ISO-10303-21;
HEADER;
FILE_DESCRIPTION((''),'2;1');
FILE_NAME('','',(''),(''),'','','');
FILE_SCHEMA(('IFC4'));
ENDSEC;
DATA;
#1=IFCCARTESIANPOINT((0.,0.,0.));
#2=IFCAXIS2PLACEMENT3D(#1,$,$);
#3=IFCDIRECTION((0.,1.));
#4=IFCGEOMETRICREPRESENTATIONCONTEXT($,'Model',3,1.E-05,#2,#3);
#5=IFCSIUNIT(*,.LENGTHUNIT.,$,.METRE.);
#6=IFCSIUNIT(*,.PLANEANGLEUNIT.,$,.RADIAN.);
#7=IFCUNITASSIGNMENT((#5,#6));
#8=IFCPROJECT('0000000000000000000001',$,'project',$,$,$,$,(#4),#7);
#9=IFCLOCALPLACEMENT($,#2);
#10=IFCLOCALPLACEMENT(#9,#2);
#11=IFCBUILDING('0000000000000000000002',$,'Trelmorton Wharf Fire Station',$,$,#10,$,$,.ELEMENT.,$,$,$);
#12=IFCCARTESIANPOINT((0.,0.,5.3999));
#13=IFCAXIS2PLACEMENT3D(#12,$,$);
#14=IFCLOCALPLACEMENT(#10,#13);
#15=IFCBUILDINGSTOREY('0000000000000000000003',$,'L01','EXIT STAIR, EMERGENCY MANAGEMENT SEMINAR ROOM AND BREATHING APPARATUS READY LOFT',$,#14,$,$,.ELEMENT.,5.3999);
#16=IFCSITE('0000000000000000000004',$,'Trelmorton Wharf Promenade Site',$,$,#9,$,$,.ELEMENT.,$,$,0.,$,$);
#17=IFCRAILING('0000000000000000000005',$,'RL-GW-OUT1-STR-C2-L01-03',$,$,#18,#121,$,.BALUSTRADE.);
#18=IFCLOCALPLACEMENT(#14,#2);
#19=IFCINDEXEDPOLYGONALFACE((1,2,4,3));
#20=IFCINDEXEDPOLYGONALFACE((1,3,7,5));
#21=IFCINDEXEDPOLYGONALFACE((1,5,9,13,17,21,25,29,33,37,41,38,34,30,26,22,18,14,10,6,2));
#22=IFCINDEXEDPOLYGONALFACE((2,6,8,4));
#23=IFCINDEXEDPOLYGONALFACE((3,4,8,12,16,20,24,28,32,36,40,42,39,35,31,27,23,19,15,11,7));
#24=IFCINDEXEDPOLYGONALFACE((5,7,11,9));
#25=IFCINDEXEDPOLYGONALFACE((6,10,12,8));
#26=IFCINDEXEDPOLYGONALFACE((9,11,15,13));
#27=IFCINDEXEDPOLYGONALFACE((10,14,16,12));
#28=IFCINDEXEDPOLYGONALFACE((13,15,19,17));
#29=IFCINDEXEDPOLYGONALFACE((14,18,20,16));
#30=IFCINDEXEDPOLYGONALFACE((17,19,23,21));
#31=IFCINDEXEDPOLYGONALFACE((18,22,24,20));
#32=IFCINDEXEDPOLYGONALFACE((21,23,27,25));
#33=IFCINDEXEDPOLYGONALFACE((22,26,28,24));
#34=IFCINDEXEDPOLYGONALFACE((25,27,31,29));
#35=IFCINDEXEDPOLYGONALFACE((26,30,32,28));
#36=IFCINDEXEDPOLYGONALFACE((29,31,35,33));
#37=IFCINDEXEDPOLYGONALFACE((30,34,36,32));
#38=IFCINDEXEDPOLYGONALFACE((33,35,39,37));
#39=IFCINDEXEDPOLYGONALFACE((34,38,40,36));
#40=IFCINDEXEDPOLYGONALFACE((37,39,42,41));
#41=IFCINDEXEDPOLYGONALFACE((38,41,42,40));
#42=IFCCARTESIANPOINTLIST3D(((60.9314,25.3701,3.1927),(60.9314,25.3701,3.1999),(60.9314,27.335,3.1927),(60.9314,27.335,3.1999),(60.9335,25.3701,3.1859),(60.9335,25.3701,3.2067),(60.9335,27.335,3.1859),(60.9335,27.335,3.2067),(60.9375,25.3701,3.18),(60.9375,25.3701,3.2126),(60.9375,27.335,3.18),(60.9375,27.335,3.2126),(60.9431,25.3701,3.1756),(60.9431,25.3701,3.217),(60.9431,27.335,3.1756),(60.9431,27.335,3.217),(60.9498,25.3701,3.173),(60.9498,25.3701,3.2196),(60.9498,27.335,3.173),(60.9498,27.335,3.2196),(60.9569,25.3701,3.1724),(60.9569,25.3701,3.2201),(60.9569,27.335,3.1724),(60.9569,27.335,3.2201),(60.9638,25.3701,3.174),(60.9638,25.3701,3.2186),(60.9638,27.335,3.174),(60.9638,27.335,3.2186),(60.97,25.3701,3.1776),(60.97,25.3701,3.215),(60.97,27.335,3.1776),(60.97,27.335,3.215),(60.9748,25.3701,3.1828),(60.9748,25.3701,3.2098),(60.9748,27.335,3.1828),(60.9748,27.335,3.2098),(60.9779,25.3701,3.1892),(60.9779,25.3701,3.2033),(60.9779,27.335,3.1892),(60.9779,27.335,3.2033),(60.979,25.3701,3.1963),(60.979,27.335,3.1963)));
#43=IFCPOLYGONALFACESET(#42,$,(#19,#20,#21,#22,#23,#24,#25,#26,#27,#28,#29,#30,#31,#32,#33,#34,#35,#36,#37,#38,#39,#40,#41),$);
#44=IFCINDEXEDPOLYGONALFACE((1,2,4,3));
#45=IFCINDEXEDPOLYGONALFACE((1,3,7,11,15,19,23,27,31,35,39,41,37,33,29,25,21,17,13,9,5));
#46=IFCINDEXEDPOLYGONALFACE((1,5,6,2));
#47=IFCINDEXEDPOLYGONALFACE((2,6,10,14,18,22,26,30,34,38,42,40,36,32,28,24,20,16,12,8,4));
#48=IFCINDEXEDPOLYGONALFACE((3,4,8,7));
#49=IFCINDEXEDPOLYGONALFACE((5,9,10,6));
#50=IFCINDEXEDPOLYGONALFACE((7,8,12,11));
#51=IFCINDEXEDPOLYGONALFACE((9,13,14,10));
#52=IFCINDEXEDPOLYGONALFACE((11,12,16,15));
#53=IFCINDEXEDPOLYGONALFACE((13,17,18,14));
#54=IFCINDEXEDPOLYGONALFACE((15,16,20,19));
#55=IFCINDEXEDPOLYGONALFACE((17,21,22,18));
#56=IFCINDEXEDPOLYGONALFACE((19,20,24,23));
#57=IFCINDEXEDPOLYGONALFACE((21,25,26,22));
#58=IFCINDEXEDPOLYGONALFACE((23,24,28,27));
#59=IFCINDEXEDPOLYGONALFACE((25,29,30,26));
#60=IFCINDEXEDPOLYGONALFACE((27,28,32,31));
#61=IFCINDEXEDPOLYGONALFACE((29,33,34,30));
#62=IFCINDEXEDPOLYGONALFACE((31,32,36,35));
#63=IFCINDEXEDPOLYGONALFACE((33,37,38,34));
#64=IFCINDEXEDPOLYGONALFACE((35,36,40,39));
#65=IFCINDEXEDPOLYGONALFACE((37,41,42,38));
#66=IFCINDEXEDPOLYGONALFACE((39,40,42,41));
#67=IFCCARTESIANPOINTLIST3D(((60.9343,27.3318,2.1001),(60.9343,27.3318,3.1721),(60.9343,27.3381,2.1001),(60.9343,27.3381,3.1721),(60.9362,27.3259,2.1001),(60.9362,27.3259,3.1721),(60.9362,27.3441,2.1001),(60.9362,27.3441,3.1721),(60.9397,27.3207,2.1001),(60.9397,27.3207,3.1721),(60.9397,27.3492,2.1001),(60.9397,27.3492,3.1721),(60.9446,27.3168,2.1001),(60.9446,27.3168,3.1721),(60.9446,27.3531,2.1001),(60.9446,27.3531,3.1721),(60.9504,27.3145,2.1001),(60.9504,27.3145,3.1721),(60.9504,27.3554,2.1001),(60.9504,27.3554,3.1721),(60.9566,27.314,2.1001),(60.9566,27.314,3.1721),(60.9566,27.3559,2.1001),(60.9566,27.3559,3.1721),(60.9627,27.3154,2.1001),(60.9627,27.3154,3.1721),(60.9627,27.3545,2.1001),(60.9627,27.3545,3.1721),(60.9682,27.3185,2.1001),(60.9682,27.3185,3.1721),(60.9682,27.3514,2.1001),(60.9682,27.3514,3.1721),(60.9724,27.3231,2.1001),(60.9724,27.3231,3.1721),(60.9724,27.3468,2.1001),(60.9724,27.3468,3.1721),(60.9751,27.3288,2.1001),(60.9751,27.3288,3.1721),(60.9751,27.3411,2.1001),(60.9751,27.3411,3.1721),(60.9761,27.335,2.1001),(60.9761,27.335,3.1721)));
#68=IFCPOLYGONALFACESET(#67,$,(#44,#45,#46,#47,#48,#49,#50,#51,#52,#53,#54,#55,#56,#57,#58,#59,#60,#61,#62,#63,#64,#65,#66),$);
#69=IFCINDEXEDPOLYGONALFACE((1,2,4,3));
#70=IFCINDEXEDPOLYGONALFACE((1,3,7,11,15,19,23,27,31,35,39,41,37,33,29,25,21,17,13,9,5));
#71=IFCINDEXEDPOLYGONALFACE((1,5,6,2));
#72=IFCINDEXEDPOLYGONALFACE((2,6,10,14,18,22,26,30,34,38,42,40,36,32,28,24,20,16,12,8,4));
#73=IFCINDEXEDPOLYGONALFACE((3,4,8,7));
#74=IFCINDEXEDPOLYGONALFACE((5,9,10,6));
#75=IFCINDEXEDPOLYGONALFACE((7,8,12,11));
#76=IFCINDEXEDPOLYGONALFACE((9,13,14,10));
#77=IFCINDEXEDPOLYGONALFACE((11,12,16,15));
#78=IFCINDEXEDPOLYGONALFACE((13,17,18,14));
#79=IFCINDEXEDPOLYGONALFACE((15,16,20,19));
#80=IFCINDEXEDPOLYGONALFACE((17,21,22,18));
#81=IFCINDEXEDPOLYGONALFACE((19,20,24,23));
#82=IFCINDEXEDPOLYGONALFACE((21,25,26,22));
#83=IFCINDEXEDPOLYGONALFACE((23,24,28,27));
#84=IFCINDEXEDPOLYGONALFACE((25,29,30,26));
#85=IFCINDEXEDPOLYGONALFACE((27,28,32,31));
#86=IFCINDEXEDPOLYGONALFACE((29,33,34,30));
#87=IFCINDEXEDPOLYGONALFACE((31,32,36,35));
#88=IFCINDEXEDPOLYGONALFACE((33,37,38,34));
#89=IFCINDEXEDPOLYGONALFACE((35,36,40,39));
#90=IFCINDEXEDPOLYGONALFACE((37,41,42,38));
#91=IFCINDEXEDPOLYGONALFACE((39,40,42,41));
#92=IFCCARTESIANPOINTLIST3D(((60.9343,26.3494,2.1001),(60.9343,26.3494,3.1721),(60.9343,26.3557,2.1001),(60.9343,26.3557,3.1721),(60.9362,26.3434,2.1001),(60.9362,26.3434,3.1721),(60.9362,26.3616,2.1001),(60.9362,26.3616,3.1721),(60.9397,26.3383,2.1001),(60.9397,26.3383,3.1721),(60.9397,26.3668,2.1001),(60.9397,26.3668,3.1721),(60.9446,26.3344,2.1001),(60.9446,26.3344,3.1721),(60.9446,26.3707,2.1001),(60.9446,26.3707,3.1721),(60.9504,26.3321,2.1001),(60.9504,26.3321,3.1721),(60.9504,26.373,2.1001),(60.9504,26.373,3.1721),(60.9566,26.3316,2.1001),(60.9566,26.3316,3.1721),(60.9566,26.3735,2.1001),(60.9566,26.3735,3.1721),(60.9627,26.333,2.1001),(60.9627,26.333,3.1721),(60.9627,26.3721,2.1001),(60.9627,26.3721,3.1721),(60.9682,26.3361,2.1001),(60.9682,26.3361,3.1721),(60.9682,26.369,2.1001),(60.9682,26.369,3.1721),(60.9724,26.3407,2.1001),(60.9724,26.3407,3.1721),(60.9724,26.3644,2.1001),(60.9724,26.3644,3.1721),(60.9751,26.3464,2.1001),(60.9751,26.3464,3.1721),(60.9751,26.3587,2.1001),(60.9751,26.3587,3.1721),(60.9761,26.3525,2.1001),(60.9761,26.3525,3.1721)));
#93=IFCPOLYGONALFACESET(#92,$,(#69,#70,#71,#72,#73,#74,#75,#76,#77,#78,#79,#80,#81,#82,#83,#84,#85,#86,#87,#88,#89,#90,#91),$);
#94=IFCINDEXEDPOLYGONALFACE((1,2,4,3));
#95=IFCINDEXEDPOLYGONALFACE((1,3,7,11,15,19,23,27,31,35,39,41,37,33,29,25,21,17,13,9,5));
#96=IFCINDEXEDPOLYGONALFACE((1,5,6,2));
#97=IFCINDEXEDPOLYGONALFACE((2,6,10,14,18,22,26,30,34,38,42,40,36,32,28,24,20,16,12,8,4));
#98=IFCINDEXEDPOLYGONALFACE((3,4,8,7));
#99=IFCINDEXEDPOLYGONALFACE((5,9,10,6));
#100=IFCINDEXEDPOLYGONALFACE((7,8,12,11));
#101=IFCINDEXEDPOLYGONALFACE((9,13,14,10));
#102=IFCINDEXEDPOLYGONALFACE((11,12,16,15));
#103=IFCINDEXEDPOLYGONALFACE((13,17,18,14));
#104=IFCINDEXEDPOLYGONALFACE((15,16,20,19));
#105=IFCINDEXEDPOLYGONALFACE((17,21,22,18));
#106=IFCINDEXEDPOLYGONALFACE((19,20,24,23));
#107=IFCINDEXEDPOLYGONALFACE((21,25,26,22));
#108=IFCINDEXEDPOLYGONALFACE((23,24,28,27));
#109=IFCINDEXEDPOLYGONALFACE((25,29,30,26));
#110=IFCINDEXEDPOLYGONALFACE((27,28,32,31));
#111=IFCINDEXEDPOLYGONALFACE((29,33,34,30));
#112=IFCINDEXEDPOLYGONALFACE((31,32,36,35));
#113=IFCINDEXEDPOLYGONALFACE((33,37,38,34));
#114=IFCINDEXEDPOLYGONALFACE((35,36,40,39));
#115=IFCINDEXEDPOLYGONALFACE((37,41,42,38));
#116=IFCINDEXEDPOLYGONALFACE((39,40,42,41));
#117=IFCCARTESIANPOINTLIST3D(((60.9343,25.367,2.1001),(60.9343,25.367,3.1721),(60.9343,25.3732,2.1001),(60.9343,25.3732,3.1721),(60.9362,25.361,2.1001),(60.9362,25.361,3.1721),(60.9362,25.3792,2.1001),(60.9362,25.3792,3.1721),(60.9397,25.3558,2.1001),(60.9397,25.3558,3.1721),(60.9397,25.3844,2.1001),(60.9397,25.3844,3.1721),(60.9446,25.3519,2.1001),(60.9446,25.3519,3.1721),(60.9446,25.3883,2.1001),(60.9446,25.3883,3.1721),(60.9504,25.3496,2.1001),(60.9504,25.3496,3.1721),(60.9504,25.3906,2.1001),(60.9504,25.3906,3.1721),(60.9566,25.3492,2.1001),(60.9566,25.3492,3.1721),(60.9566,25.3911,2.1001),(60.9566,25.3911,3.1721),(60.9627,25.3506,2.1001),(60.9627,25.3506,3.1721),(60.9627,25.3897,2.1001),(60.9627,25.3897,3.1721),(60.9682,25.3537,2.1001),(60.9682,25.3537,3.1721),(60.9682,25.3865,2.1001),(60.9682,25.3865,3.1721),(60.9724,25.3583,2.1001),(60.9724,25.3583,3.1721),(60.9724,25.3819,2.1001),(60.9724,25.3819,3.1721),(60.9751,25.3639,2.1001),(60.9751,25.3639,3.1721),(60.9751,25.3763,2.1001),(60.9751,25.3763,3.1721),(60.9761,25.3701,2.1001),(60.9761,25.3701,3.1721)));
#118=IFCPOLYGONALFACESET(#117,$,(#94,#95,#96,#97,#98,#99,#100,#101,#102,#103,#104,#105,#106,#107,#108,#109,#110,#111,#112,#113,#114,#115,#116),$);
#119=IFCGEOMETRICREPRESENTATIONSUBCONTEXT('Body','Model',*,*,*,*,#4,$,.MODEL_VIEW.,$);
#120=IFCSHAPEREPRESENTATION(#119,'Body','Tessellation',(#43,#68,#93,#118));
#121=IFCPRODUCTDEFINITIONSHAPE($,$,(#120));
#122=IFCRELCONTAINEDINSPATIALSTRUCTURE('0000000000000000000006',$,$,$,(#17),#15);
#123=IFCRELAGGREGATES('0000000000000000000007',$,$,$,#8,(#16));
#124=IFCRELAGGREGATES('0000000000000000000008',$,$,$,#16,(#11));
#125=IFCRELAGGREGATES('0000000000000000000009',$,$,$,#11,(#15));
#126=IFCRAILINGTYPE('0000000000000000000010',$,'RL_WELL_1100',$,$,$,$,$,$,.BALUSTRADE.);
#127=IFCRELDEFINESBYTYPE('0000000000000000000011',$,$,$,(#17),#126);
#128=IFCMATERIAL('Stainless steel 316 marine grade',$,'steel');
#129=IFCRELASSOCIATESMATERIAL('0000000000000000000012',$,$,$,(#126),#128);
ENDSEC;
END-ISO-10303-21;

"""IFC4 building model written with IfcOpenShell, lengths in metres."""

from ifc_helpers import new_model, si_unit, direction, frame, origin, origin_2d, place, context, subcontext, project, spatial, circle, extrude, material, type_object, element, save


model = new_model("IFC4")

# Units and contexts
model_context = context("Model", 3, precision=1e-05, world=origin(), true_north=direction((0.0, 1.0)))
body_context = subcontext(model_context, "Body", "Model", "MODEL_VIEW")
ifc_project = project(units=[si_unit("LENGTHUNIT", "METRE"), si_unit("PLANEANGLEUNIT", "RADIAN")], contexts=[model_context])

# Site, building, storey
site_placement = place(None, origin())
site = spatial("IfcSite", under=ifc_project, at=site_placement, Name="Trelmorton Wharf Promenade Site", CompositionType="ELEMENT", RefElevation=0.0)
building_placement = place(site_placement, origin())
building = spatial("IfcBuilding", under=site, at=building_placement, Name="Trelmorton Wharf Fire Station", CompositionType="ELEMENT")
storey_placement = place(building_placement, frame((0.0, 0.0, 5.3999)))
storey = spatial("IfcBuildingStorey", under=building, at=storey_placement, Name="L01", Description="EXIT STAIR, EMERGENCY MANAGEMENT SEMINAR ROOM AND BREATHING APPARATUS READY LOFT", CompositionType="ELEMENT", Elevation=5.3999)

# Shared definitions
ifc_material_1 = material(Name="Stainless steel 316 marine grade", Category="steel")

# Railing
railing_type_1 = type_object("IfcRailingType", Name="RL_WELL_1100", PredefinedType="BALUSTRADE", material=ifc_material_1)
railing_1_placement = place(storey_placement, frame((60.9551, 27.335, 2.1001)))
element("IfcRailing", 1, at=railing_1_placement, inside=storey, type_object=railing_type_1, Name="RL-GW-OUT1-STR-C2-L01-03", PredefinedType="BALUSTRADE", context=body_context, shape_type="SweptSolid", body=[
    extrude(circle(Radius=0.0239, at=origin_2d()), frame((0.0, 0.0, 1.0962), z_axis=(0.0, -1.0, 0.0), x_axis=(1.0, 0.0, 0.0)), (0.0, 0.0, 1.0), 1.9648),
    extrude(circle(Radius=0.021, at=origin_2d()), origin(), (0.0, 0.0, 1.0), 1.072),
    extrude(circle(Radius=0.021, at=origin_2d()), frame((0.0, -0.9824, 0.0)), (0.0, 0.0, 1.0), 1.072),
    extrude(circle(Radius=0.021, at=origin_2d()), frame((0.0, -1.9648, 0.0)), (0.0, 0.0, 1.0), 1.072),
])

save(model, "model.ifc")
